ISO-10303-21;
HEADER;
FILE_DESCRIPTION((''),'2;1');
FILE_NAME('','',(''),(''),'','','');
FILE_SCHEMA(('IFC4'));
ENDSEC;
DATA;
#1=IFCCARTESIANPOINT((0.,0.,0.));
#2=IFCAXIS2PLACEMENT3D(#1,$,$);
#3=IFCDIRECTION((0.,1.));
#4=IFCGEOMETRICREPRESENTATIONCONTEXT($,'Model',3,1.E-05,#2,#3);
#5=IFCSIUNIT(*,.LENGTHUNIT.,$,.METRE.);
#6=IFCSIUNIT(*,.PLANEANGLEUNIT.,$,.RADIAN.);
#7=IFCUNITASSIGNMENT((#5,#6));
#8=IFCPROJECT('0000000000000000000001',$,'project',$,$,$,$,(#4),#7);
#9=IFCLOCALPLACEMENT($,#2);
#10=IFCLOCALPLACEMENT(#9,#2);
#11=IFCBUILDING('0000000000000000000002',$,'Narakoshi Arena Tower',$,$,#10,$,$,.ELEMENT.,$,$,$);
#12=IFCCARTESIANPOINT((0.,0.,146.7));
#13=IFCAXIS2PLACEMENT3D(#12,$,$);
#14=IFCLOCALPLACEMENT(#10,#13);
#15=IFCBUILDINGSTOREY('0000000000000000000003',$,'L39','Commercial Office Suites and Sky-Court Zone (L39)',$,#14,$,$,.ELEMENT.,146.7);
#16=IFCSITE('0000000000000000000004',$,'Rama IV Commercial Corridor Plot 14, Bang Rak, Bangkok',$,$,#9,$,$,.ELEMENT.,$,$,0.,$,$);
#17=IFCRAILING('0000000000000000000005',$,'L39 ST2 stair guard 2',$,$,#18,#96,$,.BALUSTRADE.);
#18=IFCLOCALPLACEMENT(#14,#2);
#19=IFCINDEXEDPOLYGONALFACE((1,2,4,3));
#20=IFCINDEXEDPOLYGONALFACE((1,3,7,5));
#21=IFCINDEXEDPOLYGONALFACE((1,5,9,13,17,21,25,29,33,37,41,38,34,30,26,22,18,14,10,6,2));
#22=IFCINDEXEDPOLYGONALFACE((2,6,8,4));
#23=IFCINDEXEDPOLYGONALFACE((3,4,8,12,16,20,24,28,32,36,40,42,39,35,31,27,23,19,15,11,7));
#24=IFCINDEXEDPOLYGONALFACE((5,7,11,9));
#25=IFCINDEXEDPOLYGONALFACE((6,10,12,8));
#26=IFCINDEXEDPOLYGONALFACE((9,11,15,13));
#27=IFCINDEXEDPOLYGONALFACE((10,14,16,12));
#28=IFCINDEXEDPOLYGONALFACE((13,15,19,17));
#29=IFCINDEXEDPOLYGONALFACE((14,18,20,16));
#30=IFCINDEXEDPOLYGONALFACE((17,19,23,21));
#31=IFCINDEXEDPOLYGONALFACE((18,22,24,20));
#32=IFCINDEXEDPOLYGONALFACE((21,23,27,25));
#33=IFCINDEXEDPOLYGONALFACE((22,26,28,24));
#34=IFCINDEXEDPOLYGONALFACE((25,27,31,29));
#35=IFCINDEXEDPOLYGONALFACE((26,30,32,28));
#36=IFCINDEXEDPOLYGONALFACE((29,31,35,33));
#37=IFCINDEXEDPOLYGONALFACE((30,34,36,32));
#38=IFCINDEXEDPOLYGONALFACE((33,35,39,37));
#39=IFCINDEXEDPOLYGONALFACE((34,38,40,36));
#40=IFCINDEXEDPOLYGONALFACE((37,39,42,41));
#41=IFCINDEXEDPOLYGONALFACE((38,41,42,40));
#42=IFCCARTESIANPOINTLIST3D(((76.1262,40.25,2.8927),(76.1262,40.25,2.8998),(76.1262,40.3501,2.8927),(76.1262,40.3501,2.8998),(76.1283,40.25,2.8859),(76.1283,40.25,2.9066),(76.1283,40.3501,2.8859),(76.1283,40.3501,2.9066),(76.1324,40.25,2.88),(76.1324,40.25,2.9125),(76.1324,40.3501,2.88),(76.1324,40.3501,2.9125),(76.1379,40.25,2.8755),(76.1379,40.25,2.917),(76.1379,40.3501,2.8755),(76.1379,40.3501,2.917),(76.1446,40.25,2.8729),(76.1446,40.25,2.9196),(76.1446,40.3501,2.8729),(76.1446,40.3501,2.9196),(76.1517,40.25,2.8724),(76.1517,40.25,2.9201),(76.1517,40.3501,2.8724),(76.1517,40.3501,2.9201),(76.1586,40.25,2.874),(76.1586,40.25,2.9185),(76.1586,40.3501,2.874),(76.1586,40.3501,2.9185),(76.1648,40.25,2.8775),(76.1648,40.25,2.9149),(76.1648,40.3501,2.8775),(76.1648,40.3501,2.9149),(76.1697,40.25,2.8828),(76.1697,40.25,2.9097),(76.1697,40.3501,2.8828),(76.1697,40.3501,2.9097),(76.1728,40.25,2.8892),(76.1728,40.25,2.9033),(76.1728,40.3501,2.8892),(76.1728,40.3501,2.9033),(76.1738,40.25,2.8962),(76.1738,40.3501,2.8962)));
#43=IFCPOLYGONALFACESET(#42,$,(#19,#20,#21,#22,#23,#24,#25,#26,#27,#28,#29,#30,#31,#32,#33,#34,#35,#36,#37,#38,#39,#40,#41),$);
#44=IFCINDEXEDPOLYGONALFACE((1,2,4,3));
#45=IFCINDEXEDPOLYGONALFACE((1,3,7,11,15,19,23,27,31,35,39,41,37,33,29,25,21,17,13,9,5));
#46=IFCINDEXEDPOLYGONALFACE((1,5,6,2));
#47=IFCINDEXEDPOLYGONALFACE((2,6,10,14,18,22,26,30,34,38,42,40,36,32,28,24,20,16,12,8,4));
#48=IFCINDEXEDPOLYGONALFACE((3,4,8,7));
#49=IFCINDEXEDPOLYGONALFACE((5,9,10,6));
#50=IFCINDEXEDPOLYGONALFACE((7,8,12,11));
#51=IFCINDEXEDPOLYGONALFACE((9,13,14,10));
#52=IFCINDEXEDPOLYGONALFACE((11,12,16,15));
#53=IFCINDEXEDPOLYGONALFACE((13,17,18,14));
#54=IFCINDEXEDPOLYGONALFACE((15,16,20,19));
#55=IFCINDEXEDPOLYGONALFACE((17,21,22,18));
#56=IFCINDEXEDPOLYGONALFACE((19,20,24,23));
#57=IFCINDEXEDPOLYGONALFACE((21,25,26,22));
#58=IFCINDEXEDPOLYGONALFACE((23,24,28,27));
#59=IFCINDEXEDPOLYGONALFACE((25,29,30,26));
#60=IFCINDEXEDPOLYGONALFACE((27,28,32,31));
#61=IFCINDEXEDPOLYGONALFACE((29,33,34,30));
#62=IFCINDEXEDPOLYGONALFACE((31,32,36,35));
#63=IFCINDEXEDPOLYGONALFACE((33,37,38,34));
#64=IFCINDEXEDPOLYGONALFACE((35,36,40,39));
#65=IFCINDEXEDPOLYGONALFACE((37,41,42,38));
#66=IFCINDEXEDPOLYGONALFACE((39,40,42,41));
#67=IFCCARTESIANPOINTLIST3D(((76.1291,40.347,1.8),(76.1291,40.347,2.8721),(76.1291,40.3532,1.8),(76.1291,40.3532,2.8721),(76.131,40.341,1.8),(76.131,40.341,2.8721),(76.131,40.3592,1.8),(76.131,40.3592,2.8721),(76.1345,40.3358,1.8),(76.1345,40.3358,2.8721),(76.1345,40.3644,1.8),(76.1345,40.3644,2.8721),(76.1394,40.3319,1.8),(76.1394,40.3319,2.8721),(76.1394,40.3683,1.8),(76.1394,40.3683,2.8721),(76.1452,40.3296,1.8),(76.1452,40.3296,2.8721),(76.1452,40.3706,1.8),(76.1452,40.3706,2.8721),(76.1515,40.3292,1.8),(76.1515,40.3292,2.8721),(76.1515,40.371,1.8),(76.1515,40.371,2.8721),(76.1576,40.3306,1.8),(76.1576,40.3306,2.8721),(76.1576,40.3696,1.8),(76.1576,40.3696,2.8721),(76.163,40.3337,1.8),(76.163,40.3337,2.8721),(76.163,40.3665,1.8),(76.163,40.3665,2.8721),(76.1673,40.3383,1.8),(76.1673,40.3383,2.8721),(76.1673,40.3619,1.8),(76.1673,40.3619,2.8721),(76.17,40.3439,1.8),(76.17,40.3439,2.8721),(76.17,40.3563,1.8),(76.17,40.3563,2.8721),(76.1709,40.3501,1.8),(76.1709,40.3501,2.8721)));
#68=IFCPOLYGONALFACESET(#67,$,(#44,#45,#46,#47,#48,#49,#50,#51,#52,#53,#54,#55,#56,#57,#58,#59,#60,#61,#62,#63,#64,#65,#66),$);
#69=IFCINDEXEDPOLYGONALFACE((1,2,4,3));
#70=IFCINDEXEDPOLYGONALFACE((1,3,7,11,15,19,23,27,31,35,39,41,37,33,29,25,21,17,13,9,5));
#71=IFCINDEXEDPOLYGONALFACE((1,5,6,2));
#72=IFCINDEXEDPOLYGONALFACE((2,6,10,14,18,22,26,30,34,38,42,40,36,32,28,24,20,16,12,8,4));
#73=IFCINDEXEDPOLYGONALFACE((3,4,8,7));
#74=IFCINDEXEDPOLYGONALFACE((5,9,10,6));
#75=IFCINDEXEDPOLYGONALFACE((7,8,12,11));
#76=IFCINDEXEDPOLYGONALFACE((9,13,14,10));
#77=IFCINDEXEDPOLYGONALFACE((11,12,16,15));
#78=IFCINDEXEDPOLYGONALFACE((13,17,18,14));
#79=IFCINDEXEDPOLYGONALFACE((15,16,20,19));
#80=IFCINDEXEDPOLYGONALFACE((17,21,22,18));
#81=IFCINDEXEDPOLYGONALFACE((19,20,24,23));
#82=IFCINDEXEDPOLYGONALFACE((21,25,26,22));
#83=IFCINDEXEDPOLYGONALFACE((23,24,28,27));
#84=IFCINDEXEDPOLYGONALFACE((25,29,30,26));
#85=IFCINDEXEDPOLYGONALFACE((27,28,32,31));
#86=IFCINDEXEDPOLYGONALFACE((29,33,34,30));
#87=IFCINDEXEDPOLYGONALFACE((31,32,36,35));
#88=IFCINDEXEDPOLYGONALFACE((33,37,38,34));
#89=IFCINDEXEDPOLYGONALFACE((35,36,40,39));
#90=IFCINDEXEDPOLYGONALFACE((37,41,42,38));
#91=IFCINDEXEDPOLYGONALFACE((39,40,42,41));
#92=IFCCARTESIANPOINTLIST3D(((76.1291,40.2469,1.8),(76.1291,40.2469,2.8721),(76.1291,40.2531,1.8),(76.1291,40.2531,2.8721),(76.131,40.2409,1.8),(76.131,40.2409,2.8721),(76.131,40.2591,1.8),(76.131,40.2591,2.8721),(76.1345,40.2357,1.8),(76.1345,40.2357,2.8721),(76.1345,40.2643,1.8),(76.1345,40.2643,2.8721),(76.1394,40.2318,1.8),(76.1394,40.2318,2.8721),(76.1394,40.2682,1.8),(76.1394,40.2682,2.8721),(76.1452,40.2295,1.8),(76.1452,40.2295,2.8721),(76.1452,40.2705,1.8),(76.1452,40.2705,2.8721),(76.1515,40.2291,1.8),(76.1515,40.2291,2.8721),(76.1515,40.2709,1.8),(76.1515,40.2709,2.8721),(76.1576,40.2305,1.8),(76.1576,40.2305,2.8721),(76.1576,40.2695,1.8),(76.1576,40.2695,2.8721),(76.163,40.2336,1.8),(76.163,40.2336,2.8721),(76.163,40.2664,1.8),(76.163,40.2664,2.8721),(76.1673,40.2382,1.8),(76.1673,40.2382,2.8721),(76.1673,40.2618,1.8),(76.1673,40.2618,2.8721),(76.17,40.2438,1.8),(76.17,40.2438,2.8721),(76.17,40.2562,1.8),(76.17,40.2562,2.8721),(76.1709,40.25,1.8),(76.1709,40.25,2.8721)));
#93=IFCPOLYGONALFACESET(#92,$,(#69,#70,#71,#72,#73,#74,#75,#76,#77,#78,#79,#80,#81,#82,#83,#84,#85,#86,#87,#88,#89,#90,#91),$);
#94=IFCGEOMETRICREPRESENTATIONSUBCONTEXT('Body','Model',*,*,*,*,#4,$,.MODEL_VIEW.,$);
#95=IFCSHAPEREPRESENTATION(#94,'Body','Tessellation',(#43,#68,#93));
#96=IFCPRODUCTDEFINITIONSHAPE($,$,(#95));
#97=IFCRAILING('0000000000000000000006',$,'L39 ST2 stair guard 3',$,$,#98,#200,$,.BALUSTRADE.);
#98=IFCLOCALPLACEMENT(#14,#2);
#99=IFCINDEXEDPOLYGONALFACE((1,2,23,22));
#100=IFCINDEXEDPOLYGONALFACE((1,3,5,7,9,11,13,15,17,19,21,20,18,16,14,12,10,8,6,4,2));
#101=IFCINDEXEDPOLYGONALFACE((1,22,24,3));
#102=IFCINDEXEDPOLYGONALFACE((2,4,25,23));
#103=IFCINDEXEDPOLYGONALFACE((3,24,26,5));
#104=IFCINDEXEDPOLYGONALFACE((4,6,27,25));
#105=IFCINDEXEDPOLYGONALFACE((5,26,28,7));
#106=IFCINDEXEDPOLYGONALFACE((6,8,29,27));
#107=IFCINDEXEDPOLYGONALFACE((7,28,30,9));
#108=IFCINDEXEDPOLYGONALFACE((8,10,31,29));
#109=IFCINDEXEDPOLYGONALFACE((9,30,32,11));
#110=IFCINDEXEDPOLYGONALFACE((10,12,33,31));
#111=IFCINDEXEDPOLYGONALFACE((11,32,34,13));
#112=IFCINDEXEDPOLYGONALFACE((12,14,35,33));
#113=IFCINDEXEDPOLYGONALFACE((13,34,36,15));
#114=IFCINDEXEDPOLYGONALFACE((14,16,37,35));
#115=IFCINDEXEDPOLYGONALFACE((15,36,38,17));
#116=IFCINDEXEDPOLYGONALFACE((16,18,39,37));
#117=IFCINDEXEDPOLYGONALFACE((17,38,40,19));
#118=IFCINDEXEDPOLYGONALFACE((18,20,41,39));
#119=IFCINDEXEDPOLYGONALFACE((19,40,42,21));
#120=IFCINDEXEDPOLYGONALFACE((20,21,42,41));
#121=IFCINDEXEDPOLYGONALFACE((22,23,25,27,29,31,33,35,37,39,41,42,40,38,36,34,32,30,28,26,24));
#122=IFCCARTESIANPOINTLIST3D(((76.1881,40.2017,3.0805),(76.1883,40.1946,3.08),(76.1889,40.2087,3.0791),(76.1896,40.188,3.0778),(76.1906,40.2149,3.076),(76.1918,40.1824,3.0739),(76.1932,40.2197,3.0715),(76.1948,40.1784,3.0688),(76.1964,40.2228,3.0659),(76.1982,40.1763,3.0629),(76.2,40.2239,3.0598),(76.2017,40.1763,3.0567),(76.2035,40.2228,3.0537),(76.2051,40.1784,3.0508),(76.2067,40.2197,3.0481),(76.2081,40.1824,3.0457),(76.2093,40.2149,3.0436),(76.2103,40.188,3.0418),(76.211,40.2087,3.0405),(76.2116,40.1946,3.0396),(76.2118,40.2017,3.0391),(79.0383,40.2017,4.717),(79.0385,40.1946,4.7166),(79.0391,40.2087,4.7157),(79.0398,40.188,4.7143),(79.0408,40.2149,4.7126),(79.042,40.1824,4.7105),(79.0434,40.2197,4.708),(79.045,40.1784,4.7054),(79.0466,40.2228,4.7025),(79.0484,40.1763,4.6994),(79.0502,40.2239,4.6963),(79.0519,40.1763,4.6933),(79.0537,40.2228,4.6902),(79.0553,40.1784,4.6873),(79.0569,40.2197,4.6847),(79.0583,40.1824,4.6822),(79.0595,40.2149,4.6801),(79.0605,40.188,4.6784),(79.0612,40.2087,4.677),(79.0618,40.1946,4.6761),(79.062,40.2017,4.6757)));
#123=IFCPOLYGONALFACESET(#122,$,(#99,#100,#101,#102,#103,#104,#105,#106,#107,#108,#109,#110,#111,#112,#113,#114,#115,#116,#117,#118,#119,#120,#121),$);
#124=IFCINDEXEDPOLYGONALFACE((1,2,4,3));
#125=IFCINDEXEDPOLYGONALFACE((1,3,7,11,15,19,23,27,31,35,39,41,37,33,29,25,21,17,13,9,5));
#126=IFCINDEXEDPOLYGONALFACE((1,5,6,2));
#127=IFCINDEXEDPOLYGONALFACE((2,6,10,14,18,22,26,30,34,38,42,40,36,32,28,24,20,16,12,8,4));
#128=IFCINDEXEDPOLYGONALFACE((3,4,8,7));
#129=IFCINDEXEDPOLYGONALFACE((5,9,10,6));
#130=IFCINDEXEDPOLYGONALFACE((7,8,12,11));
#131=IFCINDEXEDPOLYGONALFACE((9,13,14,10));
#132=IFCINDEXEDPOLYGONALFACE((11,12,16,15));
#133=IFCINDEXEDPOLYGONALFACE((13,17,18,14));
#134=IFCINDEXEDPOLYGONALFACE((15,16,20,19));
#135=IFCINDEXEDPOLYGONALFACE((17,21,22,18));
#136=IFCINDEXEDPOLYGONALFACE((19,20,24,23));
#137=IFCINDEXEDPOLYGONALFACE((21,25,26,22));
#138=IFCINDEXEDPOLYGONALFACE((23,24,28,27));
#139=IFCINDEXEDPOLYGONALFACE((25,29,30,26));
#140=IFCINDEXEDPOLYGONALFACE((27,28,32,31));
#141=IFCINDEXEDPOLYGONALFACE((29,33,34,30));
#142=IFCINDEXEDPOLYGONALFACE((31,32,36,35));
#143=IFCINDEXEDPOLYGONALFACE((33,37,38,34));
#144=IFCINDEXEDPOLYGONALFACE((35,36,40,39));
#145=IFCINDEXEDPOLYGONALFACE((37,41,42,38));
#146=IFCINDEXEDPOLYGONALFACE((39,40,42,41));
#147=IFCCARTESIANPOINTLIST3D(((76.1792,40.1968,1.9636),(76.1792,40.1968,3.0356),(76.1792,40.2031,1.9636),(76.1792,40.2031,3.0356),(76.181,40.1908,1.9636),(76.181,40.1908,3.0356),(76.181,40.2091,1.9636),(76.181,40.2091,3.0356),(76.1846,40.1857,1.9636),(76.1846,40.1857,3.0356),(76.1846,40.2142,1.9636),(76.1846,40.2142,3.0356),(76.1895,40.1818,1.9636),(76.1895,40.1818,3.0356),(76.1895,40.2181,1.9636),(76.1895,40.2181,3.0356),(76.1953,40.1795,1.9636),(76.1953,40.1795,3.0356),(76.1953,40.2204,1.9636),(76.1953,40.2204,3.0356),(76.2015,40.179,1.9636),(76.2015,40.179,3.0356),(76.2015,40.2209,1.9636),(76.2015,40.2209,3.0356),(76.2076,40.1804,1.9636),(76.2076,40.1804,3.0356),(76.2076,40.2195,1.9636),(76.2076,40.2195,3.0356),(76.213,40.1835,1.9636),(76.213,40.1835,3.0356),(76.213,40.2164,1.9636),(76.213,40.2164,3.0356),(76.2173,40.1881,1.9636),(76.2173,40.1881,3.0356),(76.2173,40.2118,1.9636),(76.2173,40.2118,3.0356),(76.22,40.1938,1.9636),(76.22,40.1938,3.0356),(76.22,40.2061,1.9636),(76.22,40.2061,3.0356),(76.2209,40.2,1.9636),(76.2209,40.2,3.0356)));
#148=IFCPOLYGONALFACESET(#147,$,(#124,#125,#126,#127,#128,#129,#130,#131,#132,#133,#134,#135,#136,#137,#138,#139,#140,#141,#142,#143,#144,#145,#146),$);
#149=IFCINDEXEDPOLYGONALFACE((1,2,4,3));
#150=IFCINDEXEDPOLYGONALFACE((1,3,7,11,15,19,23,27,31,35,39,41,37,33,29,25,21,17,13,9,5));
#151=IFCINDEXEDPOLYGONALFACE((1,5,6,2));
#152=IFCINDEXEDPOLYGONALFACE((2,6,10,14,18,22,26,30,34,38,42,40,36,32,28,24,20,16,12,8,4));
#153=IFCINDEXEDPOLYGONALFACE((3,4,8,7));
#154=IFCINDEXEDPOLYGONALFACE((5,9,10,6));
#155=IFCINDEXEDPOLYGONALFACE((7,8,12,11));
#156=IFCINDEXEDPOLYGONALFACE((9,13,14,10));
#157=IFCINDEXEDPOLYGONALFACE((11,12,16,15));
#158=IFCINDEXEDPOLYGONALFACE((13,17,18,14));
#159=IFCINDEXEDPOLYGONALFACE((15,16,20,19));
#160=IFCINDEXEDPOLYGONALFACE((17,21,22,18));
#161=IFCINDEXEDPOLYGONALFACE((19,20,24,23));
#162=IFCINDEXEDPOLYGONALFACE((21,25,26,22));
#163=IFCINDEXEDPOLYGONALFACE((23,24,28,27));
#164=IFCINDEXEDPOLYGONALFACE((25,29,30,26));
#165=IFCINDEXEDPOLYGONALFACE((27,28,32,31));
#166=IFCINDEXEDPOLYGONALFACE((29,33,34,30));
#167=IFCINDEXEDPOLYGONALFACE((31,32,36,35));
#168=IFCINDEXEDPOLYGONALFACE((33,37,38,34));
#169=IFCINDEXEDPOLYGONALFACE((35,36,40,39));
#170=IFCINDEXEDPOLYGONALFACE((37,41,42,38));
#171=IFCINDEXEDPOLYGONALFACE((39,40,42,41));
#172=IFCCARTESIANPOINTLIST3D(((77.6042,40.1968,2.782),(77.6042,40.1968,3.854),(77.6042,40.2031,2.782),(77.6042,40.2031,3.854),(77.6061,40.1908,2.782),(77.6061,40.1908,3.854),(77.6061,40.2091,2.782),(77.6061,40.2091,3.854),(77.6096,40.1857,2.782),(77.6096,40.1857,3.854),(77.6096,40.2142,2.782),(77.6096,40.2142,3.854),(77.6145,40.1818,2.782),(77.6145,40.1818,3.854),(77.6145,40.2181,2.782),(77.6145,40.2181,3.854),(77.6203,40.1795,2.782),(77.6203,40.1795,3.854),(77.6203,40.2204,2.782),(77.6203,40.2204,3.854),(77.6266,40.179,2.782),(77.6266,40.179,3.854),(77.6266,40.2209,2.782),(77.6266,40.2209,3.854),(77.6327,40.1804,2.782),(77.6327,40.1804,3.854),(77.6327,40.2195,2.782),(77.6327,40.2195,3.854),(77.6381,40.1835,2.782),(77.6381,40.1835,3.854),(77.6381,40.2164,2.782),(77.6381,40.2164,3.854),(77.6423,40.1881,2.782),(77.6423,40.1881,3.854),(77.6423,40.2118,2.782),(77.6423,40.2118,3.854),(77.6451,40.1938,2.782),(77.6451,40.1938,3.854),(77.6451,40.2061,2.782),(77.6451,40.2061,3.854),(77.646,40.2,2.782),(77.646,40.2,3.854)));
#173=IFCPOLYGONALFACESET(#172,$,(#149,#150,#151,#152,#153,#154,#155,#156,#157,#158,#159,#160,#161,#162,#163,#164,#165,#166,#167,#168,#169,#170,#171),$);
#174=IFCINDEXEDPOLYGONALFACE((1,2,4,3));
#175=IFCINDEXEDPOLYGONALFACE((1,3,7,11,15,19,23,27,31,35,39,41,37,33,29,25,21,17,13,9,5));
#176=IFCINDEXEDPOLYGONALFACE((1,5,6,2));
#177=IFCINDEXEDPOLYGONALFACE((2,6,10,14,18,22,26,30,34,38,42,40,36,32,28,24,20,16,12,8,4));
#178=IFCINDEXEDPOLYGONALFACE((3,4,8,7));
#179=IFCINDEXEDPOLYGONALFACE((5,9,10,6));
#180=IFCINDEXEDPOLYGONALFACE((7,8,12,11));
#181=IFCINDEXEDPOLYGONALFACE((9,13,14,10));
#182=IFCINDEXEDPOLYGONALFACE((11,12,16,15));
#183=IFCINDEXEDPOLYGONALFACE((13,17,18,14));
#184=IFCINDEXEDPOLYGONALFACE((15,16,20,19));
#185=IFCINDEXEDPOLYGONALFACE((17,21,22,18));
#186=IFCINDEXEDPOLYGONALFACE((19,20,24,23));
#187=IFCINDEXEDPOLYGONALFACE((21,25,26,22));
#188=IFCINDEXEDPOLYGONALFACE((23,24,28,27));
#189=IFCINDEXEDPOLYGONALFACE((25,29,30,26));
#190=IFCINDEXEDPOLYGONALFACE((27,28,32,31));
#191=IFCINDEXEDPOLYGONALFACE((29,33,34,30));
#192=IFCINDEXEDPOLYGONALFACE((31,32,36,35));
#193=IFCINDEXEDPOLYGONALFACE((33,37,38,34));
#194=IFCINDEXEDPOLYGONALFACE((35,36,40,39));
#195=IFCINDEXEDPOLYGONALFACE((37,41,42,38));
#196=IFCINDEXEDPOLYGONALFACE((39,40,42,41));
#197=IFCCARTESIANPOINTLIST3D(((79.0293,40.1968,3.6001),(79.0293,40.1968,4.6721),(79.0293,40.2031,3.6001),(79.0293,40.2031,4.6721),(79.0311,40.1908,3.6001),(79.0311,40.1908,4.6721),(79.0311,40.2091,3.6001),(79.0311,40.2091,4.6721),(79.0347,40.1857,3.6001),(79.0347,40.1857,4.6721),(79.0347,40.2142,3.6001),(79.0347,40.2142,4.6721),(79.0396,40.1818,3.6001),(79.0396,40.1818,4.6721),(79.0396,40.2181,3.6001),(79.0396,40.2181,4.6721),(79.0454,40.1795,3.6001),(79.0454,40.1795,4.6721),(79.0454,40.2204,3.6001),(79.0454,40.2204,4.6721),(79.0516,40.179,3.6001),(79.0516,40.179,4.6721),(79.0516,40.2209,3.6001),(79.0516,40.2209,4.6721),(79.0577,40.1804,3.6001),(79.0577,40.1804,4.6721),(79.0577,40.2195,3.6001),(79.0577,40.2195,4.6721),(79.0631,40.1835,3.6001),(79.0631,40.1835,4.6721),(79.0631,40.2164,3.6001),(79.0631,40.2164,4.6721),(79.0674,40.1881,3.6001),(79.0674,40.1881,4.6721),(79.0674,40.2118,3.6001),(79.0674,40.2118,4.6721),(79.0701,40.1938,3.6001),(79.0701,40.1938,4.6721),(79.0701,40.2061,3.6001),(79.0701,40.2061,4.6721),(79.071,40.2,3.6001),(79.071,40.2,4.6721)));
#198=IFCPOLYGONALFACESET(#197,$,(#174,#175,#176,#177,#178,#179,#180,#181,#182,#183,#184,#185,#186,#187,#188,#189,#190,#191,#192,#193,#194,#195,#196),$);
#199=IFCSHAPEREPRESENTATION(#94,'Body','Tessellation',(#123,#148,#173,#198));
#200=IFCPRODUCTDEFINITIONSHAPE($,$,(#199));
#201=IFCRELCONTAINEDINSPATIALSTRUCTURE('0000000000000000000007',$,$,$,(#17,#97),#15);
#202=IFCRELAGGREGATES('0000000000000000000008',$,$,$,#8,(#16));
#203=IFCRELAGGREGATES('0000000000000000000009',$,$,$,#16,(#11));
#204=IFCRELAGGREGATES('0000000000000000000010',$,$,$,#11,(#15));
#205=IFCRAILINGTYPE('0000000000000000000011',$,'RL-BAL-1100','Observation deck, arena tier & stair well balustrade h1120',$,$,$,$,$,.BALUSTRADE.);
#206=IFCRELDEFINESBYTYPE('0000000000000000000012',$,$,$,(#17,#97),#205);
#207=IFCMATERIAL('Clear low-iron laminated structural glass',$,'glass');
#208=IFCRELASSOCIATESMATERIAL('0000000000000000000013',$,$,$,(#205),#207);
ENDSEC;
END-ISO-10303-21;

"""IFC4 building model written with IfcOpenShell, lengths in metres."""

from ifc_helpers import new_model, si_unit, direction, frame, origin, origin_2d, place, context, subcontext, project, spatial, circle, extrude, material, type_object, element, save


model = new_model("IFC4")

# Units and contexts
model_context = context("Model", 3, precision=1e-05, world=origin(), true_north=direction((0.0, 1.0)))
body_context = subcontext(model_context, "Body", "Model", "MODEL_VIEW")
ifc_project = project(units=[si_unit("LENGTHUNIT", "METRE"), si_unit("PLANEANGLEUNIT", "RADIAN")], contexts=[model_context])

# Site, building, storey
site_placement = place(None, origin())
site = spatial("IfcSite", under=ifc_project, at=site_placement, Name="Rama IV Commercial Corridor Plot 14, Bang Rak, Bangkok", CompositionType="ELEMENT", RefElevation=0.0)
building_placement = place(site_placement, origin())
building = spatial("IfcBuilding", under=site, at=building_placement, Name="Narakoshi Arena Tower", CompositionType="ELEMENT")
storey_placement = place(building_placement, frame((0.0, 0.0, 146.7)))
storey = spatial("IfcBuildingStorey", under=building, at=storey_placement, Name="L39", Description="Commercial Office Suites and Sky-Court Zone (L39)", CompositionType="ELEMENT", Elevation=146.7)

# Railings
ifc_material_1 = material(Name="Clear low-iron laminated structural glass", Category="glass")
railing_type_1 = type_object("IfcRailingType", Name="RL-BAL-1100", Description="Observation deck, arena tier & stair well balustrade h1120", PredefinedType="BALUSTRADE", material=ifc_material_1)
railing_1_placement = place(storey_placement, frame((76.1499, 40.3501, 1.8)))
element("IfcRailing", 1, at=railing_1_placement, inside=storey, type_object=railing_type_1, Name="L39 ST2 stair guard 2", PredefinedType="BALUSTRADE", context=body_context, shape_type="SweptSolid", body=[
    extrude(circle(Radius=0.0239, at=origin_2d()), frame((0.0, 0.0, 1.0962), z_axis=(0.0, -1.0, 0.0), x_axis=(1.0, 0.0, 0.0)), (0.0, 0.0, 1.0), 0.1001),
    extrude(circle(Radius=0.021, at=origin_2d()), origin(), (0.0, 0.0, 1.0), 1.072),
    extrude(circle(Radius=0.021, at=origin_2d()), frame((0.0, -0.1001, 0.0)), (0.0, 0.0, 1.0), 1.072),
])
railing_2_placement = place(storey_placement, frame((76.2, 40.2, 1.9636)))
element("IfcRailing", 2, at=railing_2_placement, inside=storey, type_object=railing_type_1, Name="L39 ST2 stair guard 3", PredefinedType="BALUSTRADE", context=body_context, shape_type="SweptSolid", body=[
    extrude(circle(Radius=0.0239, at=origin_2d()), frame((0.0, 0.0, 1.0962), z_axis=(0.867213, 0.0, 0.497938), x_axis=(0.0, 1.0, 0.0)), (0.0, 0.0, 1.0), 3.2866),
    extrude(circle(Radius=0.021, at=origin_2d()), origin(), (0.0, 0.0, 1.0), 1.072),
    extrude(circle(Radius=0.021, at=origin_2d()), frame((1.425, 0.0, 0.8184)), (0.0, 0.0, 1.0), 1.072),
    extrude(circle(Radius=0.021, at=origin_2d()), frame((2.8501, 0.0, 1.6365)), (0.0, 0.0, 1.0), 1.072),
])

save(model, "model.ifc")
